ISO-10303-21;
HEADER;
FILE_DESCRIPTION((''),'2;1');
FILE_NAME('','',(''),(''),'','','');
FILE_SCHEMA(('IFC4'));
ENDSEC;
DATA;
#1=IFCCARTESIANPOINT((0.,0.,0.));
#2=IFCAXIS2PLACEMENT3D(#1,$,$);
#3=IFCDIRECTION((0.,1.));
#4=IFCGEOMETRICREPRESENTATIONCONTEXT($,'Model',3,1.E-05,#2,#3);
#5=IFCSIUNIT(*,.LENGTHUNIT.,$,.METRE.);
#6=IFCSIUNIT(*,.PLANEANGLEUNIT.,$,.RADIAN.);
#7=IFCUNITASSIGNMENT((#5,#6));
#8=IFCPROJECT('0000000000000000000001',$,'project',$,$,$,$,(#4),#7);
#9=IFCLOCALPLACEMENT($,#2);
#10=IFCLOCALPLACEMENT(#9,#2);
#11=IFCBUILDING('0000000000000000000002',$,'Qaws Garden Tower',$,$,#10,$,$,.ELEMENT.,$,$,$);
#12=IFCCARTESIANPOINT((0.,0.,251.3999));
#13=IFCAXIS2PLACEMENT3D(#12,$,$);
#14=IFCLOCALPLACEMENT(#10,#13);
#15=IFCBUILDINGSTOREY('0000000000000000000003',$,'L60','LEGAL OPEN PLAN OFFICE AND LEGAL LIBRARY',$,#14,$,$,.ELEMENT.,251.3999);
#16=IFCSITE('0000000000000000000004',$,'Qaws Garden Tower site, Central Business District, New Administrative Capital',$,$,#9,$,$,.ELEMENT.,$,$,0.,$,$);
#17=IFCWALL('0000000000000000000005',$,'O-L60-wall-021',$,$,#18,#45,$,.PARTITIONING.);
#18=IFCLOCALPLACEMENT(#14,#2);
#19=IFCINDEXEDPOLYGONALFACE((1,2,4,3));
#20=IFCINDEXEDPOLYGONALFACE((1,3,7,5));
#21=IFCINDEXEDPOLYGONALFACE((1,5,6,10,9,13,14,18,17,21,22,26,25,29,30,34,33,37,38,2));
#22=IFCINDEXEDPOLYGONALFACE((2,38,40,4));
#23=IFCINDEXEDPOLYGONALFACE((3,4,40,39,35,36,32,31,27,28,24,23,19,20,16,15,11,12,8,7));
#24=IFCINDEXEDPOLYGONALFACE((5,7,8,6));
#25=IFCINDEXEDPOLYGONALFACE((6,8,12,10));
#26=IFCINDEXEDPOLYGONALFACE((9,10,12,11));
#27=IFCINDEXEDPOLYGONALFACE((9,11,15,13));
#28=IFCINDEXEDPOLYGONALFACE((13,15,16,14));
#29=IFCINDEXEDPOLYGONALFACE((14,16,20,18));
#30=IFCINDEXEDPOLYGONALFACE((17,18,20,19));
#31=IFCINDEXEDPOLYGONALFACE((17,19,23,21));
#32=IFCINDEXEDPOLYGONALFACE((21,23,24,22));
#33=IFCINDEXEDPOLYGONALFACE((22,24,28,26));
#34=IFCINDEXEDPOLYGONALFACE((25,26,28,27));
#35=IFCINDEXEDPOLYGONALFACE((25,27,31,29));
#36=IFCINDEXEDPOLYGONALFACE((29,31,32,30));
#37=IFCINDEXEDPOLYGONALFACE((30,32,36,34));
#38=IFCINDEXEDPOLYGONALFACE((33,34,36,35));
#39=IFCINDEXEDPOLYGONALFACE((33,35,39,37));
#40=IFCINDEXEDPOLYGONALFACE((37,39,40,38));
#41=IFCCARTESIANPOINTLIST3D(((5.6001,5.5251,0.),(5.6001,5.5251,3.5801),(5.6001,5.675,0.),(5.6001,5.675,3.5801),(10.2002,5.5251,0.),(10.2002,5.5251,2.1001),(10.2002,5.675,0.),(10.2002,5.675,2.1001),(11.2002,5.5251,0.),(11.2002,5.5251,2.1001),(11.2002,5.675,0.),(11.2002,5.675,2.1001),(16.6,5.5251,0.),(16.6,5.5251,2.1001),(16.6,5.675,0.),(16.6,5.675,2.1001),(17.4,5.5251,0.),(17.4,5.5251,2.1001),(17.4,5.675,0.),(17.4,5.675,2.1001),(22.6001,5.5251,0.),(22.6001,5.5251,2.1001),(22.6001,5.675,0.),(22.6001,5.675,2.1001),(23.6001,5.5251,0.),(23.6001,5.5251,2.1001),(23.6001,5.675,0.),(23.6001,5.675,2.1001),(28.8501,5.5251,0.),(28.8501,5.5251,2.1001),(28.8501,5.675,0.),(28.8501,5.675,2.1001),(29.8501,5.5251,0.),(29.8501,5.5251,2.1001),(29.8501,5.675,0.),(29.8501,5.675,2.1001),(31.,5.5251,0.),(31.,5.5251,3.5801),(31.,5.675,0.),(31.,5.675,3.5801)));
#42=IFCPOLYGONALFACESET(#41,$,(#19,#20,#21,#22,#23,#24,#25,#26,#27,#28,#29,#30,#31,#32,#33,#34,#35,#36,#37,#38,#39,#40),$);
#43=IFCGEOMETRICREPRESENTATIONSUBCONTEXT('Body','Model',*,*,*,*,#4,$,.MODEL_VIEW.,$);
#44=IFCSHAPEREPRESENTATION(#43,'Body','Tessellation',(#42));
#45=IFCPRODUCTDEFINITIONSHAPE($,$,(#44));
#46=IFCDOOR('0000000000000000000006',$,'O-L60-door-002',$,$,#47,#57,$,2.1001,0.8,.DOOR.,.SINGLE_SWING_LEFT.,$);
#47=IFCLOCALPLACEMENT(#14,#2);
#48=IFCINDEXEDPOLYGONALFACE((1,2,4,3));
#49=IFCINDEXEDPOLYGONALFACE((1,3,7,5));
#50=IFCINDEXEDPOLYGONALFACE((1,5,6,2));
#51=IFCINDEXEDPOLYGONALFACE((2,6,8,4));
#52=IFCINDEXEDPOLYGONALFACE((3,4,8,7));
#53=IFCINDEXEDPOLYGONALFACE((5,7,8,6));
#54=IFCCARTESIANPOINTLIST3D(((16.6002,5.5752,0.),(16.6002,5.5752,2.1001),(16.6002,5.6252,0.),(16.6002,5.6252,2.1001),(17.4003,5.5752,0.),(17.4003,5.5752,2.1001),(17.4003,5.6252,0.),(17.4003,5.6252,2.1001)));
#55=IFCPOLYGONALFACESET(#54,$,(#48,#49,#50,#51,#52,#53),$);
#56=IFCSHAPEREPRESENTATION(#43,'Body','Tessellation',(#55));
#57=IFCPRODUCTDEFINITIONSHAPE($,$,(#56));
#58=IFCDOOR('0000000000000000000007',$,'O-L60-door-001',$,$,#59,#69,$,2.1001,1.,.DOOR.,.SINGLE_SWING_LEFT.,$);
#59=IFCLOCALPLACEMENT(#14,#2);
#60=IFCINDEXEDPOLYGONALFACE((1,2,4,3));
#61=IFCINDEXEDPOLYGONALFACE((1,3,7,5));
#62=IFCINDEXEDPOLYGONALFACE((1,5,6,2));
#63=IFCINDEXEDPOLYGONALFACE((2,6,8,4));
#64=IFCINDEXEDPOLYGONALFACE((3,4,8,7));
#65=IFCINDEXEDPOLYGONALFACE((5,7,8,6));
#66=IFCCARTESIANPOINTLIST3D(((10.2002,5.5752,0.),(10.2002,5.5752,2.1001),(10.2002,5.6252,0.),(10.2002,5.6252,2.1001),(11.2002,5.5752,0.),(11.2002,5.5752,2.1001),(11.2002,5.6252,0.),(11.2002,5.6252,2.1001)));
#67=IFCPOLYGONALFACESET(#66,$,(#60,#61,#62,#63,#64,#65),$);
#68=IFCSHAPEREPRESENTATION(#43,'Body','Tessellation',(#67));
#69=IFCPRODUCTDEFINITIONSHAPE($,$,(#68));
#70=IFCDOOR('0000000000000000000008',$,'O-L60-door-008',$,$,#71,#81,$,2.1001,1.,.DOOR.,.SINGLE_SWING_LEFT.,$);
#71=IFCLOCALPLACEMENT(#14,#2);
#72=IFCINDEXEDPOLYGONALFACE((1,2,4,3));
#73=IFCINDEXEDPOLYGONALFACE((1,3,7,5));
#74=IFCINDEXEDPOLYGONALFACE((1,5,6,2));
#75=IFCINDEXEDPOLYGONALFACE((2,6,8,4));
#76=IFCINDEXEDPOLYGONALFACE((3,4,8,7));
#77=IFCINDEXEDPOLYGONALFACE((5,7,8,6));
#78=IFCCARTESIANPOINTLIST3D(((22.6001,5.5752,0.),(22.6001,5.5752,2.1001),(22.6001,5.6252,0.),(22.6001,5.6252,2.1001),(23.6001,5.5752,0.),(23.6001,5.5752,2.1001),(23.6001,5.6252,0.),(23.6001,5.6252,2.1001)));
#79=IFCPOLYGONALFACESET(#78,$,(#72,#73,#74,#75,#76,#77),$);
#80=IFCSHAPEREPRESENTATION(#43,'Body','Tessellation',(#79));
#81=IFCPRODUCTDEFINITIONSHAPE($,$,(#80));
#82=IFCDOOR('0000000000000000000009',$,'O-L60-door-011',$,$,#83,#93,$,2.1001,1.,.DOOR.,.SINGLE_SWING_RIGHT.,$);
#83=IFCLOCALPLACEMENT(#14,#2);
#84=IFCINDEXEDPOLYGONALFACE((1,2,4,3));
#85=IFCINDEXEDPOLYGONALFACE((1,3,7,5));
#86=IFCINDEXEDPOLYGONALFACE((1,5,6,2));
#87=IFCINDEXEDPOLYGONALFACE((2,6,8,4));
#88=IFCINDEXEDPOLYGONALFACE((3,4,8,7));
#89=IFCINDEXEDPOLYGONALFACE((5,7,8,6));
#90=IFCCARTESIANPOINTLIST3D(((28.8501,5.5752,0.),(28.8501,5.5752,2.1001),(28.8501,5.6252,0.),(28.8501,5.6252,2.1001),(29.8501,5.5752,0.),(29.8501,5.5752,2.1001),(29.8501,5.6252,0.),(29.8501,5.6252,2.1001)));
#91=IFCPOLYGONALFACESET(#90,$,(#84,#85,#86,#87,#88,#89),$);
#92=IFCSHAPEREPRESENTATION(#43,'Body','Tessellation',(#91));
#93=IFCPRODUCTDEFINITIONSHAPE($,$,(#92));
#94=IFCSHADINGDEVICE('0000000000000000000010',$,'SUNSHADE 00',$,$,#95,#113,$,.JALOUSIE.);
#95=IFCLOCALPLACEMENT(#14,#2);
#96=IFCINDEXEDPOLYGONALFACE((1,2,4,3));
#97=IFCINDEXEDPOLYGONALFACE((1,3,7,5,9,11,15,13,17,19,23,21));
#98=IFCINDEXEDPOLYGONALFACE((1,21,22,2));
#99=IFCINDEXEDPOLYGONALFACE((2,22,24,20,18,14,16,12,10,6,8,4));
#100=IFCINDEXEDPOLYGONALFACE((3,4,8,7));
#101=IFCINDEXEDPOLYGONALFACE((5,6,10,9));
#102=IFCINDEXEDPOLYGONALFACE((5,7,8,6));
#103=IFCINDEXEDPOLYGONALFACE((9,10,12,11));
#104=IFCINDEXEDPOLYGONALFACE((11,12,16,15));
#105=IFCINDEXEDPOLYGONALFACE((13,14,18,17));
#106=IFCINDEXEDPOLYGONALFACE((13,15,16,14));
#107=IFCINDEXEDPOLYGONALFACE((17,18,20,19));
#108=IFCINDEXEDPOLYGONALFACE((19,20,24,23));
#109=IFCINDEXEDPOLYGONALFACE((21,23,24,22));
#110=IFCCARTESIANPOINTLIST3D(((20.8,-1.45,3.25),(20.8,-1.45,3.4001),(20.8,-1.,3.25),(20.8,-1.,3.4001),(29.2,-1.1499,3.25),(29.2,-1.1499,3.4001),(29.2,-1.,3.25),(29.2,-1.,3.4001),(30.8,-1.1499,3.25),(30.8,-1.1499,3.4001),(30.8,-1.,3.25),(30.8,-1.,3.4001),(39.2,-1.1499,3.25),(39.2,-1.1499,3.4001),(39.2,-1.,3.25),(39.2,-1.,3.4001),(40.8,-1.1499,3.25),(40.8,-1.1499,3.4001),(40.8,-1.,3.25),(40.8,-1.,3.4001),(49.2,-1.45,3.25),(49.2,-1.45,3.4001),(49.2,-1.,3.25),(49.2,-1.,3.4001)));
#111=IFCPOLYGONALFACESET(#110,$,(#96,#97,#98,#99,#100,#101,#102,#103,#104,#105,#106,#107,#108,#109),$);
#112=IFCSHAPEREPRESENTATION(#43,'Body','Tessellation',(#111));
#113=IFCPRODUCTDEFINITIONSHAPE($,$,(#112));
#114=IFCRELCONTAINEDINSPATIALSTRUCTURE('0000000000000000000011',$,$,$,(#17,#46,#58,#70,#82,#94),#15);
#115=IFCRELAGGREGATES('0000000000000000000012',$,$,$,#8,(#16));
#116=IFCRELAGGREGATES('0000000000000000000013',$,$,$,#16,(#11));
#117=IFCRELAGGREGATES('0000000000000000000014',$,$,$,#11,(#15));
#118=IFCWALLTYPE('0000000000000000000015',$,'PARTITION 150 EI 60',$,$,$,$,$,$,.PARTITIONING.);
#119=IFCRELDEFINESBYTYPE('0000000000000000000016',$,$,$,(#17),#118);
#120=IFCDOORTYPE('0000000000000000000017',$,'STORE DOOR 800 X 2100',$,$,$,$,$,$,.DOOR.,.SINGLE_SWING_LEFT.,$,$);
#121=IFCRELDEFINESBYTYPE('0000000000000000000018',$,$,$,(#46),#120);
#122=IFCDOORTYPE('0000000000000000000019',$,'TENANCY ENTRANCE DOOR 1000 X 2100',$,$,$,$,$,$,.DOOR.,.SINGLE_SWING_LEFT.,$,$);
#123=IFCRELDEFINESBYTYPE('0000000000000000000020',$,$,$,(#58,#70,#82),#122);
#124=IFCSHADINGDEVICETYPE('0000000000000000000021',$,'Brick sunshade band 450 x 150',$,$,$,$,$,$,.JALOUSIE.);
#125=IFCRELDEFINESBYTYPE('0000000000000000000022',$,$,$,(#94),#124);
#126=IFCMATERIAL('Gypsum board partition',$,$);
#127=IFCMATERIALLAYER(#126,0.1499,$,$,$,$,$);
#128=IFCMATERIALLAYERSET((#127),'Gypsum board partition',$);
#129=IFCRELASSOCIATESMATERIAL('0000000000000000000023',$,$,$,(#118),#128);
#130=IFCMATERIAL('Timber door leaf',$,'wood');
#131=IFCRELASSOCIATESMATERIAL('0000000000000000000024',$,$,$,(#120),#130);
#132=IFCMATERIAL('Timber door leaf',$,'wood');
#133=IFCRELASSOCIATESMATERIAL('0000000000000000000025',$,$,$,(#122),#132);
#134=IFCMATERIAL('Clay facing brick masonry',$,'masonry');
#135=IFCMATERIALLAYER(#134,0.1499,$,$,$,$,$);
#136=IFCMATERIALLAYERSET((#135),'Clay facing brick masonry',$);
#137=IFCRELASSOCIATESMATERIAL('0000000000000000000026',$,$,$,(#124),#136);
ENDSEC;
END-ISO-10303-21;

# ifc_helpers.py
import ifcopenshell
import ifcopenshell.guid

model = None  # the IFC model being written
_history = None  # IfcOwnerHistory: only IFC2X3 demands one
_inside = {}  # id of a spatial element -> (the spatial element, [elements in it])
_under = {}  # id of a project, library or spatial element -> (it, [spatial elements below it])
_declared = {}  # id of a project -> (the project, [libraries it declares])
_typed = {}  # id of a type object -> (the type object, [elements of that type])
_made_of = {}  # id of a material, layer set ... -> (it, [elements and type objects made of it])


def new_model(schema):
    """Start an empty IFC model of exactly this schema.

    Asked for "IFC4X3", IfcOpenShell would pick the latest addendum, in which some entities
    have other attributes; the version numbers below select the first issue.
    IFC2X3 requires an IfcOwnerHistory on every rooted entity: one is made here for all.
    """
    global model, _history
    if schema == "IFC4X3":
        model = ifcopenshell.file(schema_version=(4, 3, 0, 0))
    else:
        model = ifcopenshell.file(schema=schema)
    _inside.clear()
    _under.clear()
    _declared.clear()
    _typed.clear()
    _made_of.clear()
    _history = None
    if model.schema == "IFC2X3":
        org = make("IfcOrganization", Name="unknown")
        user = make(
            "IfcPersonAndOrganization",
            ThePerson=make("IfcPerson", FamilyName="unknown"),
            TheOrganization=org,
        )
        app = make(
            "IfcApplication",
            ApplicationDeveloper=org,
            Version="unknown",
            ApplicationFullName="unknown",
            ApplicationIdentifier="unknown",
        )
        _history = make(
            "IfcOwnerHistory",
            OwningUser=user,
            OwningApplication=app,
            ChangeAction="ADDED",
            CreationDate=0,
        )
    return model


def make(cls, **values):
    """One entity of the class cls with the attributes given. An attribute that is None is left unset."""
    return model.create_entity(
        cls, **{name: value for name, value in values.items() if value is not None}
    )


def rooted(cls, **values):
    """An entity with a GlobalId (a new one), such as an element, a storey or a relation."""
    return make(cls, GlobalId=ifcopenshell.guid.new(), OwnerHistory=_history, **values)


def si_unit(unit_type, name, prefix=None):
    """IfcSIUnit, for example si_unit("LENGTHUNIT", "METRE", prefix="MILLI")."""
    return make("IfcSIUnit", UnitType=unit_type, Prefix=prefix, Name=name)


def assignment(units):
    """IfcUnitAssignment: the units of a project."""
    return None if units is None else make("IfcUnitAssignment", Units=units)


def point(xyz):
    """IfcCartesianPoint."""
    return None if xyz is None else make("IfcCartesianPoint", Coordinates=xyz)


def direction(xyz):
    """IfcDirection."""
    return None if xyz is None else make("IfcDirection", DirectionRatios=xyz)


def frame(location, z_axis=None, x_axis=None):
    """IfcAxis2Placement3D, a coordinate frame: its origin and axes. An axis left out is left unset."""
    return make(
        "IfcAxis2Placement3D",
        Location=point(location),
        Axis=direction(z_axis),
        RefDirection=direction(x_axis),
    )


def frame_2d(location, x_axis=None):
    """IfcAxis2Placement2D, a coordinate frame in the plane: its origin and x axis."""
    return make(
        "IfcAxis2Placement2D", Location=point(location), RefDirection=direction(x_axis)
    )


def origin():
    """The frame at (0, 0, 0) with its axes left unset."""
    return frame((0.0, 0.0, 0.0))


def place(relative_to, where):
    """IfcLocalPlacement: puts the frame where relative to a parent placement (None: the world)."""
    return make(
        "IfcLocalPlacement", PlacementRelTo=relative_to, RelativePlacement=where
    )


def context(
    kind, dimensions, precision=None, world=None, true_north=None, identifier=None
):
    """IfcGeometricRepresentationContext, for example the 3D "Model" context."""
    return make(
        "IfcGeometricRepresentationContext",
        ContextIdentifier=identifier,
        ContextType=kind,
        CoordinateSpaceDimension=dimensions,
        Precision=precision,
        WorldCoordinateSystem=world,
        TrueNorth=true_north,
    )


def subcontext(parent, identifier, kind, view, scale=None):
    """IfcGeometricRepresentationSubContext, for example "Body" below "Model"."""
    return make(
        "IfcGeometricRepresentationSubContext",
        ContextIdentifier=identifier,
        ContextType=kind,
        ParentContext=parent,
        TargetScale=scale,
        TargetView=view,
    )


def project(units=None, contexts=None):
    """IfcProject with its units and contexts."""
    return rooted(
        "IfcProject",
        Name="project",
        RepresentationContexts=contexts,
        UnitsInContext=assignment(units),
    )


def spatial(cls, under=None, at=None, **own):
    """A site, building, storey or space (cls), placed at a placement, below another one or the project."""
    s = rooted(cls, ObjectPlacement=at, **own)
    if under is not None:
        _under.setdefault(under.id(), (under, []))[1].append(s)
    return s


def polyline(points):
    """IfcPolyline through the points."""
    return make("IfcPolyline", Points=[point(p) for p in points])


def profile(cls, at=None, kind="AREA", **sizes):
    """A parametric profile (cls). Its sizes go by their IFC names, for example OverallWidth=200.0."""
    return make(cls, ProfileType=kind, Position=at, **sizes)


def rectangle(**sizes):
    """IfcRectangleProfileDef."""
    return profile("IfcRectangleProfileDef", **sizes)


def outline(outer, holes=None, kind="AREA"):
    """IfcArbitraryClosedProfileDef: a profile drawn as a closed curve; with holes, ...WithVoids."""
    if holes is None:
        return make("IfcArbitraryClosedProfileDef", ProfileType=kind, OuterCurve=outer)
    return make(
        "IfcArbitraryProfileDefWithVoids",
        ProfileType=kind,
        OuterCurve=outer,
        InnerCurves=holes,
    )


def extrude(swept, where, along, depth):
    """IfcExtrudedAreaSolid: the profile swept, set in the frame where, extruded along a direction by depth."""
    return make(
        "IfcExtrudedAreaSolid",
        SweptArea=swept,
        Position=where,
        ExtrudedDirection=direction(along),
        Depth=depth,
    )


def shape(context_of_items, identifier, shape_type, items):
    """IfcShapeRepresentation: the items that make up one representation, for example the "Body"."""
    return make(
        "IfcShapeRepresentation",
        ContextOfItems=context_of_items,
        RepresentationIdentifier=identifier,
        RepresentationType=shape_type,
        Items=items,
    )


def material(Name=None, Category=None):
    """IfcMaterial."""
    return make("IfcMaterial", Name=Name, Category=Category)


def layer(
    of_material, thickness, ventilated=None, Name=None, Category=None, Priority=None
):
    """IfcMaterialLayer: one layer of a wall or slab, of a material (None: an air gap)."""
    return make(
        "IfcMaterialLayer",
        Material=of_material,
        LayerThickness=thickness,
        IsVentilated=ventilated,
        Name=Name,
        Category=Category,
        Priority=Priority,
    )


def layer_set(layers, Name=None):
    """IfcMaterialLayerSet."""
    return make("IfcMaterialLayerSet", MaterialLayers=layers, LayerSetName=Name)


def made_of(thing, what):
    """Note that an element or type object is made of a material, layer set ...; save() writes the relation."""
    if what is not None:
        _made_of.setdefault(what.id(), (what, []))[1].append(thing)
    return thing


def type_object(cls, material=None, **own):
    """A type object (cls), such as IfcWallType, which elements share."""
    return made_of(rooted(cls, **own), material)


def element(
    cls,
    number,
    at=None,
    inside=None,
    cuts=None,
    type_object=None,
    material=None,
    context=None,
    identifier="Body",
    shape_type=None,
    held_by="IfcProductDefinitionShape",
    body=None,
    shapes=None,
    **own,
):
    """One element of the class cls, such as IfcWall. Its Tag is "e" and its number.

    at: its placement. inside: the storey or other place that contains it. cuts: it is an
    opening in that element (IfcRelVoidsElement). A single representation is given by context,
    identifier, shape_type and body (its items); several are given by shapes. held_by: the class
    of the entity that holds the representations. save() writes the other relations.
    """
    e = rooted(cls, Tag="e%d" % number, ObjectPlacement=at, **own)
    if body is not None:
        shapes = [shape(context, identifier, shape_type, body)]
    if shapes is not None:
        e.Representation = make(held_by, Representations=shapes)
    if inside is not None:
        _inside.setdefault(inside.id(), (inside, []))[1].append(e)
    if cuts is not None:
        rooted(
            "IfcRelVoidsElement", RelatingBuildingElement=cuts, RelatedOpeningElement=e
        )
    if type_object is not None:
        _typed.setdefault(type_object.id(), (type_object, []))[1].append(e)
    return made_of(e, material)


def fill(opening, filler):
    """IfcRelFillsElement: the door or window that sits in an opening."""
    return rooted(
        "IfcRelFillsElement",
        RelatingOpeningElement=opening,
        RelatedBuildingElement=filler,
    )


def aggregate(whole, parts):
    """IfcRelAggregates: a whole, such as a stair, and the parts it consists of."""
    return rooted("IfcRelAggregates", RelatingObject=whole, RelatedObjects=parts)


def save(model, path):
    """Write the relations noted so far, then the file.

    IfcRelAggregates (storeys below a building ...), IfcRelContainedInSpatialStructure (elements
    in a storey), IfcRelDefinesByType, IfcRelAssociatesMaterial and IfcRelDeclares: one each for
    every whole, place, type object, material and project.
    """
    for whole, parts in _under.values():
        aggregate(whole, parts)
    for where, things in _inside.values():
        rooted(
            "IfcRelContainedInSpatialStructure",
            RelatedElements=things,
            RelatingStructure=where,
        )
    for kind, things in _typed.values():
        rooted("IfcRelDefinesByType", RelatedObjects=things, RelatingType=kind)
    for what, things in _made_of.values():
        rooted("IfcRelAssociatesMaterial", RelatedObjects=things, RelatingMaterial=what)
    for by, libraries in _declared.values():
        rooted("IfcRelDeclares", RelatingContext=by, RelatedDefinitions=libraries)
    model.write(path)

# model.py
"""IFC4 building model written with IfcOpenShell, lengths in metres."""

from ifc_helpers import new_model, si_unit, direction, frame, frame_2d, origin, place, context, subcontext, project, spatial, polyline, rectangle, outline, extrude, material, layer, layer_set, type_object, element, fill, save


model = new_model("IFC4")

# Units and contexts
model_context = context("Model", 3, precision=1e-05, world=origin(), true_north=direction((0.0, 1.0)))
body_context = subcontext(model_context, "Body", "Model", "MODEL_VIEW")
ifc_project = project(units=[si_unit("LENGTHUNIT", "METRE"), si_unit("PLANEANGLEUNIT", "RADIAN")], contexts=[model_context])

# Site, building, storey
site_placement = place(None, origin())
site = spatial("IfcSite", under=ifc_project, at=site_placement, Name="Qaws Garden Tower site, Central Business District, New Administrative Capital", CompositionType="ELEMENT", RefElevation=0.0)
building_placement = place(site_placement, origin())
building = spatial("IfcBuilding", under=site, at=building_placement, Name="Qaws Garden Tower", CompositionType="ELEMENT")
storey_placement = place(building_placement, frame((0.0, 0.0, 251.3999)))
storey = spatial("IfcBuildingStorey", under=building, at=storey_placement, Name="L60", Description="LEGAL OPEN PLAN OFFICE AND LEGAL LIBRARY", CompositionType="ELEMENT", Elevation=251.3999)

# Shared definitions
ifc_material_1 = material(Name="Gypsum board partition")
ifc_layer_1 = layer(ifc_material_1, 0.1499)
ifc_layer_set_1 = layer_set([ifc_layer_1], Name="Gypsum board partition")
wall_type_1 = type_object("IfcWallType", Name="PARTITION 150 EI 60", PredefinedType="PARTITIONING", material=ifc_layer_set_1)

# Wall, openings, doors
wall_1_placement = place(storey_placement, frame((5.6001, 5.6001, 0.0), z_axis=(0.0, 0.0, 1.0), x_axis=(1.0, 0.0, 0.0)))
wall_1 = element("IfcWall", 1, at=wall_1_placement, inside=storey, type_object=wall_type_1, Name="O-L60-wall-021", PredefinedType="PARTITIONING", context=body_context, shape_type="SweptSolid", body=[
    extrude(rectangle(XDim=25.3999, YDim=0.1499, at=frame_2d((12.7, 0.0))), origin(), (0.0, 0.0, 1.0), 3.5801),
])
opening_1_placement = place(wall_1_placement, frame((4.6001, 0.0, 0.0)))
opening_1 = element("IfcOpeningElement", 2, at=opening_1_placement, cuts=wall_1, PredefinedType="OPENING", context=body_context, shape_type="SweptSolid", body=[
    extrude(rectangle(XDim=1.0, YDim=2.1001, at=frame_2d((0.5, 1.05))), frame((0.0, 0.085, 0.0), z_axis=(0.0, -1.0, 0.0), x_axis=(1.0, 0.0, 0.0)), (0.0, 0.0, 1.0), 0.1699),
])
opening_2_placement = place(wall_1_placement, frame((11.0, 0.0, 0.0)))
opening_2 = element("IfcOpeningElement", 3, at=opening_2_placement, cuts=wall_1, PredefinedType="OPENING", context=body_context, shape_type="SweptSolid", body=[
    extrude(rectangle(XDim=0.8, YDim=2.1001, at=frame_2d((0.3999, 1.05))), frame((0.0, 0.085, 0.0), z_axis=(0.0, -1.0, 0.0), x_axis=(1.0, 0.0, 0.0)), (0.0, 0.0, 1.0), 0.1699),
])
opening_3_placement = place(wall_1_placement, frame((17.0, 0.0, 0.0)))
opening_3 = element("IfcOpeningElement", 4, at=opening_3_placement, cuts=wall_1, PredefinedType="OPENING", context=body_context, shape_type="SweptSolid", body=[
    extrude(rectangle(XDim=1.0, YDim=2.1001, at=frame_2d((0.5, 1.05))), frame((0.0, 0.085, 0.0), z_axis=(0.0, -1.0, 0.0), x_axis=(1.0, 0.0, 0.0)), (0.0, 0.0, 1.0), 0.1699),
])
opening_4_placement = place(wall_1_placement, frame((23.25, 0.0, 0.0)))
opening_4 = element("IfcOpeningElement", 5, at=opening_4_placement, cuts=wall_1, PredefinedType="OPENING", context=body_context, shape_type="SweptSolid", body=[
    extrude(rectangle(XDim=1.0, YDim=2.1001, at=frame_2d((0.5, 1.05))), frame((0.0, 0.085, 0.0), z_axis=(0.0, -1.0, 0.0), x_axis=(1.0, 0.0, 0.0)), (0.0, 0.0, 1.0), 0.1699),
])
ifc_material_2 = material(Name="Timber door leaf", Category="wood")
door_type_1 = type_object("IfcDoorType", Name="STORE DOOR 800 X 2100", OperationType="SINGLE_SWING_LEFT", PredefinedType="DOOR", material=ifc_material_2)
door_1_placement = place(opening_2_placement, frame((0.8, 0.0, 0.0), z_axis=(0.0, 0.0, 1.0), x_axis=(-1.0, 0.0, 0.0)))
door_1 = element("IfcDoor", 6, at=door_1_placement, inside=storey, type_object=door_type_1, Name="O-L60-door-002", OperationType="SINGLE_SWING_LEFT", OverallHeight=2.1001, OverallWidth=0.8, PredefinedType="DOOR", context=body_context, shape_type="SweptSolid", body=[
    extrude(rectangle(XDim=0.8, YDim=2.1001, at=frame_2d((0.3999, 1.05))), frame((0.0, 0.0249, 0.0), z_axis=(0.0, -1.0, 0.0), x_axis=(1.0, 0.0, 0.0)), (0.0, 0.0, 1.0), 0.05),
])
fill(opening_2, door_1)
ifc_material_3 = material(Name="Timber door leaf", Category="wood")
door_type_2 = type_object("IfcDoorType", Name="TENANCY ENTRANCE DOOR 1000 X 2100", OperationType="SINGLE_SWING_LEFT", PredefinedType="DOOR", material=ifc_material_3)
door_2_placement = place(opening_1_placement, frame((1.0, 0.0, 0.0), z_axis=(0.0, 0.0, 1.0), x_axis=(-1.0, 0.0, 0.0)))
door_2 = element("IfcDoor", 7, at=door_2_placement, inside=storey, type_object=door_type_2, Name="O-L60-door-001", OperationType="SINGLE_SWING_LEFT", OverallHeight=2.1001, OverallWidth=1.0, PredefinedType="DOOR", context=body_context, shape_type="SweptSolid", body=[
    extrude(rectangle(XDim=1.0, YDim=2.1001, at=frame_2d((0.5, 1.05))), frame((0.0, 0.0249, 0.0), z_axis=(0.0, -1.0, 0.0), x_axis=(1.0, 0.0, 0.0)), (0.0, 0.0, 1.0), 0.05),
])
fill(opening_1, door_2)
door_3_placement = place(opening_3_placement, frame((1.0, 0.0, 0.0), z_axis=(0.0, 0.0, 1.0), x_axis=(-1.0, 0.0, 0.0)))
door_3 = element("IfcDoor", 8, at=door_3_placement, inside=storey, type_object=door_type_2, Name="O-L60-door-008", OperationType="SINGLE_SWING_LEFT", OverallHeight=2.1001, OverallWidth=1.0, PredefinedType="DOOR", context=body_context, shape_type="SweptSolid", body=[
    extrude(rectangle(XDim=1.0, YDim=2.1001, at=frame_2d((0.5, 1.05))), frame((0.0, 0.0249, 0.0), z_axis=(0.0, -1.0, 0.0), x_axis=(1.0, 0.0, 0.0)), (0.0, 0.0, 1.0), 0.05),
])
fill(opening_3, door_3)
door_4_placement = place(opening_4_placement, frame((1.0, 0.0, 0.0), z_axis=(0.0, 0.0, 1.0), x_axis=(-1.0, 0.0, 0.0)))
door_4 = element("IfcDoor", 9, at=door_4_placement, inside=storey, type_object=door_type_2, Name="O-L60-door-011", OperationType="SINGLE_SWING_RIGHT", OverallHeight=2.1001, OverallWidth=1.0, PredefinedType="DOOR", context=body_context, shape_type="SweptSolid", body=[
    extrude(rectangle(XDim=1.0, YDim=2.1001, at=frame_2d((0.5, 1.05))), frame((0.0, 0.0249, 0.0), z_axis=(0.0, -1.0, 0.0), x_axis=(1.0, 0.0, 0.0)), (0.0, 0.0, 1.0), 0.05),
])
fill(opening_4, door_4)

# Shading device
ifc_material_4 = material(Name="Clay facing brick masonry", Category="masonry")
ifc_layer_2 = layer(ifc_material_4, 0.1499)
ifc_layer_set_2 = layer_set([ifc_layer_2], Name="Clay facing brick masonry")
shading_device_type = type_object("IfcShadingDeviceType", Name="Brick sunshade band 450 x 150", PredefinedType="JALOUSIE", material=ifc_layer_set_2)
shading_device_placement = place(storey_placement, frame((0.0, 0.0, 3.25)))
element("IfcShadingDevice", 10, at=shading_device_placement, inside=storey, type_object=shading_device_type, Name="SUNSHADE 00", PredefinedType="JALOUSIE", context=body_context, shape_type="SweptSolid", body=[
    extrude(outline(polyline([(20.8, -1.0), (20.8, -1.45), (49.2, -1.45), (49.2, -1.0), (40.8, -1.0), (40.8, -1.1499), (39.2, -1.1499), (39.2, -1.0), (30.8, -1.0), (30.8, -1.1499), (29.2, -1.1499), (29.2, -1.0), (20.8, -1.0)])), origin(), (0.0, 0.0, 1.0), 0.1501),
])

save(model, "model.ifc")
